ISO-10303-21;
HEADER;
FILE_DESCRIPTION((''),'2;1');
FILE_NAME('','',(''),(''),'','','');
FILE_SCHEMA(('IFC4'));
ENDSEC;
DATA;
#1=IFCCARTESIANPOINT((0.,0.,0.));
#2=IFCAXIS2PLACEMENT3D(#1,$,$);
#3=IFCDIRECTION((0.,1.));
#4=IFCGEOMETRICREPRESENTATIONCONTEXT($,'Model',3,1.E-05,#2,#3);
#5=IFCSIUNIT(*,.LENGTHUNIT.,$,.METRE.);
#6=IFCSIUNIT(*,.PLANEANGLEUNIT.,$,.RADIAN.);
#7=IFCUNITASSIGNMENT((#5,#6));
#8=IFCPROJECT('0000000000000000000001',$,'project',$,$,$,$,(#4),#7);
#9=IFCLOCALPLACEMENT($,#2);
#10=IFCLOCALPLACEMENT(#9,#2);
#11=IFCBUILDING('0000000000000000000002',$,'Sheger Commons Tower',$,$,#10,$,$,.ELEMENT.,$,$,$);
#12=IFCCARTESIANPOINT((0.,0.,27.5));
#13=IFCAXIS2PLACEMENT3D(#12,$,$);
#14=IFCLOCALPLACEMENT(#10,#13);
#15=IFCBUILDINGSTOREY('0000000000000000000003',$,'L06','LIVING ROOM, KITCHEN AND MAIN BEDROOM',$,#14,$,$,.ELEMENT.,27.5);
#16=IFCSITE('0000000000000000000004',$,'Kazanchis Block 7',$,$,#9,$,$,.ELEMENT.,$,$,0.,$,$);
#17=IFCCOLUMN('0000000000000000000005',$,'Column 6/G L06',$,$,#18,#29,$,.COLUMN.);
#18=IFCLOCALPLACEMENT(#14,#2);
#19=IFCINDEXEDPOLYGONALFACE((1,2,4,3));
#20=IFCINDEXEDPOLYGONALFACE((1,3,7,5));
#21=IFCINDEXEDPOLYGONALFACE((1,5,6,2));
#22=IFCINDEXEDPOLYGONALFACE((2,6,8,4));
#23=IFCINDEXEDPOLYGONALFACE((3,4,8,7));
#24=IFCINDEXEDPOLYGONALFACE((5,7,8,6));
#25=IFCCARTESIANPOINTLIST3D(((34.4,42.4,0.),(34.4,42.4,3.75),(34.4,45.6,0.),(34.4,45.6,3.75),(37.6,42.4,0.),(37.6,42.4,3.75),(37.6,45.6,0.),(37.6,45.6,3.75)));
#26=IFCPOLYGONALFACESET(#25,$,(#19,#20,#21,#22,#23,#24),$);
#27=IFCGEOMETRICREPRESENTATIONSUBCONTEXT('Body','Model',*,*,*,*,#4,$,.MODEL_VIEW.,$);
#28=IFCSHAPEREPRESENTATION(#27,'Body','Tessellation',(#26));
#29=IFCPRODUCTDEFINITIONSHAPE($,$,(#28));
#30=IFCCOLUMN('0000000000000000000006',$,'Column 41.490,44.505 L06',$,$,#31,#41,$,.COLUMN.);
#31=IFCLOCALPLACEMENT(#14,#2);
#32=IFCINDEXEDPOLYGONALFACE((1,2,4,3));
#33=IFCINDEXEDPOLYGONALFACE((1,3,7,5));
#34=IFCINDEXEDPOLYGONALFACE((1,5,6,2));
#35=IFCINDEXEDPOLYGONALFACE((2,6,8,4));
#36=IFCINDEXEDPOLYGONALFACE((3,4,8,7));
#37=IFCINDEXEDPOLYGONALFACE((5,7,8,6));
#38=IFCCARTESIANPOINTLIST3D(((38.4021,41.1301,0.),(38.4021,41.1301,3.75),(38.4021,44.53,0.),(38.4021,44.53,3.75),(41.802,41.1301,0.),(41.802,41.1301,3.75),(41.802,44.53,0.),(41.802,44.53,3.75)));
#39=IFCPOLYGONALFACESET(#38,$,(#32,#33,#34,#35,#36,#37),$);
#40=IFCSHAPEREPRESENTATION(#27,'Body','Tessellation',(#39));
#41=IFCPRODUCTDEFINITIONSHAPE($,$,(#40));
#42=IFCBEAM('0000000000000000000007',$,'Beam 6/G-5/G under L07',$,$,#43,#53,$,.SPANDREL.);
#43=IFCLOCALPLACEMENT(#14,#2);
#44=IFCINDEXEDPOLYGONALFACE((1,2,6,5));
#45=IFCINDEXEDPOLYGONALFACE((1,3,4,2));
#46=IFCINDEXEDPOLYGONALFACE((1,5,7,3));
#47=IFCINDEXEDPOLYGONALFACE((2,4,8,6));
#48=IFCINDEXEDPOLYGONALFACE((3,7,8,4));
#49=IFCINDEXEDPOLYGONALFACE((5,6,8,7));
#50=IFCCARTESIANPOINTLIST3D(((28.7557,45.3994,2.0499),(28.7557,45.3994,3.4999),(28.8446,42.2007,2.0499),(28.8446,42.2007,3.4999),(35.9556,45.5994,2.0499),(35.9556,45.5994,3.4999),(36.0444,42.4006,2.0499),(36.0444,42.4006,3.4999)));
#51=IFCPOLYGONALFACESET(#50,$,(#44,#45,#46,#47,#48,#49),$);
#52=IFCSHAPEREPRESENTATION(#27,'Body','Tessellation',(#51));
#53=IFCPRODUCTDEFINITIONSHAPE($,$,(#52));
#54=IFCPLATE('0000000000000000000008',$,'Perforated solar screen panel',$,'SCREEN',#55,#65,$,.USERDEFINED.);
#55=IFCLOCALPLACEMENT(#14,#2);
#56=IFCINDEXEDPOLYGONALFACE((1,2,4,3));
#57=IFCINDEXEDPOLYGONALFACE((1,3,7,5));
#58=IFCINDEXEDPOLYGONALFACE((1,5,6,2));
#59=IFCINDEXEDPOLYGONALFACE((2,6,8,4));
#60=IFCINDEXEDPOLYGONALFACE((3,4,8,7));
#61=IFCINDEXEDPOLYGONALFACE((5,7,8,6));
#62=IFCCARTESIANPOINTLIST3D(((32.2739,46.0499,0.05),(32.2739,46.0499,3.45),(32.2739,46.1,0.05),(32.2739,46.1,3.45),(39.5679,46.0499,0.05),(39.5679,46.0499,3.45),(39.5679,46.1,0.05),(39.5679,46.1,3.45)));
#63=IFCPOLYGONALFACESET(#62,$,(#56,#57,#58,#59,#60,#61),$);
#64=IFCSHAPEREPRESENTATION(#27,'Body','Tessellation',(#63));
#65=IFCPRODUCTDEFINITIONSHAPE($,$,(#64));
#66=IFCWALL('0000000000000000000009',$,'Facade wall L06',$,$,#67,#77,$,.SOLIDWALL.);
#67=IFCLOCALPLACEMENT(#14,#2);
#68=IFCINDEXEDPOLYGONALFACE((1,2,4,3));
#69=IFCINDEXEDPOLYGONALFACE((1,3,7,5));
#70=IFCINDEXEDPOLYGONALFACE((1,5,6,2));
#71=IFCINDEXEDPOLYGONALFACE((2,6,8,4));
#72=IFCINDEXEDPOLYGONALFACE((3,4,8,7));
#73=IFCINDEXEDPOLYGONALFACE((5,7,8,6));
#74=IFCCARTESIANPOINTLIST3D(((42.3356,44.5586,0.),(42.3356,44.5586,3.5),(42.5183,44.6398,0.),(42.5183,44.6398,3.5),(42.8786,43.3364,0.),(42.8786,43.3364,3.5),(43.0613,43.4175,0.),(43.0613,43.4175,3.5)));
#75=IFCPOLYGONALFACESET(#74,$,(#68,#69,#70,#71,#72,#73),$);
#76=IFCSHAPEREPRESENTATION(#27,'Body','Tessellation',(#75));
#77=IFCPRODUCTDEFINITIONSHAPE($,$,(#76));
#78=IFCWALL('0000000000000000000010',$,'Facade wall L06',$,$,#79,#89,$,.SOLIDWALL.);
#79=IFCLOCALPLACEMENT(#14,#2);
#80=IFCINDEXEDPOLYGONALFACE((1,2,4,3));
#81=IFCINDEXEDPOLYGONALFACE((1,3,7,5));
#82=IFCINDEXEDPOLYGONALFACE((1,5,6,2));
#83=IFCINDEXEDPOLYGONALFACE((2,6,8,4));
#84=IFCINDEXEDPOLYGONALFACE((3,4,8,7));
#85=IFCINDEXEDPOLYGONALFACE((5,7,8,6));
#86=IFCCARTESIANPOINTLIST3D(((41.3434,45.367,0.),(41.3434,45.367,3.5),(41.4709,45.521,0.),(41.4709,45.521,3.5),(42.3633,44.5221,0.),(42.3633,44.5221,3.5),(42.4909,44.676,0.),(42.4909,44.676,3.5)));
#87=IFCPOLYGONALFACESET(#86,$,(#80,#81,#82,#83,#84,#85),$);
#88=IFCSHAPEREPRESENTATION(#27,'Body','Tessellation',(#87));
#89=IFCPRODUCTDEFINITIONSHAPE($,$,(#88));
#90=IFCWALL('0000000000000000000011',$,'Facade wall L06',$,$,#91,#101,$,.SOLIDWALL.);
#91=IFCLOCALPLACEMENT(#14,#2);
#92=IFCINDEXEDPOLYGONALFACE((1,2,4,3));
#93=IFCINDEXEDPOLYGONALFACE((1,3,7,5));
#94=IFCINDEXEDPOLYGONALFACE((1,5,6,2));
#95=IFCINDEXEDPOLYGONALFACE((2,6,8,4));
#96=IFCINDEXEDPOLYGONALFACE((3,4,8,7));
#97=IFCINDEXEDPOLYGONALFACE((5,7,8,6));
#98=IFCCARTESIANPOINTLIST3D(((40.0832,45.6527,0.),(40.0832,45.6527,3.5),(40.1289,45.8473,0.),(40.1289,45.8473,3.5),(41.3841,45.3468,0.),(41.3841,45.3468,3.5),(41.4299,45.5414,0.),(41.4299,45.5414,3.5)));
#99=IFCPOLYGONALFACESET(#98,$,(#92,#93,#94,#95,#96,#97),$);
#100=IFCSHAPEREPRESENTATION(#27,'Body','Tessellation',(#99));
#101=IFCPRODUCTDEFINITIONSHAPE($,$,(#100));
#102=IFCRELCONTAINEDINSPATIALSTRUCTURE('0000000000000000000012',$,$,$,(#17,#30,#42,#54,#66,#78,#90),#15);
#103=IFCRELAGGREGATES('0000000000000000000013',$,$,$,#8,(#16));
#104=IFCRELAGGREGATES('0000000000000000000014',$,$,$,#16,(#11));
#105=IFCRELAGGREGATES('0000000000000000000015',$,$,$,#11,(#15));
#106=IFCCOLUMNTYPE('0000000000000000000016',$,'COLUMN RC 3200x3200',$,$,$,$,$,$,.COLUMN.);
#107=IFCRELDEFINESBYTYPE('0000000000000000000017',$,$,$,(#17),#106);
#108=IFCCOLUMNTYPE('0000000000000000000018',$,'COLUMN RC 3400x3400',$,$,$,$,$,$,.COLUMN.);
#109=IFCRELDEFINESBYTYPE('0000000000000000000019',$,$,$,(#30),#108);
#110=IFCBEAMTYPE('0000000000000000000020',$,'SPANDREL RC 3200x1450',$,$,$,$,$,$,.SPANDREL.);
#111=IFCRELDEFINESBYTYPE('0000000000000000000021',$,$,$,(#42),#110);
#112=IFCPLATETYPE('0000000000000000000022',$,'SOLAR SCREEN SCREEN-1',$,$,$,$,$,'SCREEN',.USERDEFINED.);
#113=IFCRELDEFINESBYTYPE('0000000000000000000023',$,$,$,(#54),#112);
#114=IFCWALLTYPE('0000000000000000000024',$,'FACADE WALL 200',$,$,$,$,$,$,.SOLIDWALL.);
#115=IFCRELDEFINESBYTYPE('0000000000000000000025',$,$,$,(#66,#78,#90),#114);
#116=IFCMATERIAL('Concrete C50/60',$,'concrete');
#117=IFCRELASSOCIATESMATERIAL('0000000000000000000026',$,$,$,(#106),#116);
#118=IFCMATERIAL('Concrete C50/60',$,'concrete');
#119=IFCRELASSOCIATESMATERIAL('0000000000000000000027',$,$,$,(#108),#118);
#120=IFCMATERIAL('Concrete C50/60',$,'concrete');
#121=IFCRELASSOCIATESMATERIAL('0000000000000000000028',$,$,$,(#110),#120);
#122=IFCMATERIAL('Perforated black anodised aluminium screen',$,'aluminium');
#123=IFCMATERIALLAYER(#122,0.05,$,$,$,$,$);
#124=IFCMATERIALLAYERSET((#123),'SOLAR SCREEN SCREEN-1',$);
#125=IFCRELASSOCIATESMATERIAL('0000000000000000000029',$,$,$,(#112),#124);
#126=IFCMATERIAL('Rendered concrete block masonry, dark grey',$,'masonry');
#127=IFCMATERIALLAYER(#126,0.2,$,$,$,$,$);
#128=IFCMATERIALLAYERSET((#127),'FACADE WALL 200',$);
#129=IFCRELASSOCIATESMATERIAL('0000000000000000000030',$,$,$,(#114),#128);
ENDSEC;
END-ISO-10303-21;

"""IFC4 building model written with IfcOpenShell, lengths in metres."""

from ifc_helpers import new_model, si_unit, direction, frame, frame_2d, origin, origin_2d, place, context, subcontext, project, spatial, rectangle, extrude, material, layer, layer_set, material_profile, profile_set, type_object, element, save


model = new_model("IFC4")

# Units and contexts
model_context = context("Model", 3, precision=1e-05, world=origin(), true_north=direction((0.0, 1.0)))
body_context = subcontext(model_context, "Body", "Model", "MODEL_VIEW")
ifc_project = project(units=[si_unit("LENGTHUNIT", "METRE"), si_unit("PLANEANGLEUNIT", "RADIAN")], contexts=[model_context])

# Site, building, storey
site_placement = place(None, origin())
site = spatial("IfcSite", under=ifc_project, at=site_placement, Name="Kazanchis Block 7", CompositionType="ELEMENT", RefElevation=0.0)
building_placement = place(site_placement, origin())
building = spatial("IfcBuilding", under=site, at=building_placement, Name="Sheger Commons Tower", CompositionType="ELEMENT")
storey_placement = place(building_placement, frame((0.0, 0.0, 27.5)))
storey = spatial("IfcBuildingStorey", under=building, at=storey_placement, Name="L06", Description="LIVING ROOM, KITCHEN AND MAIN BEDROOM", CompositionType="ELEMENT", Elevation=27.5)

# Columns
ifc_material_1 = material(Name="Concrete C50/60", Category="concrete")
ifc_material_profile_1 = material_profile(ifc_material_1, rectangle(XDim=3.2, YDim=3.2, at=origin_2d()), Name="RC 3200x3200")
ifc_profile_set_1 = profile_set([ifc_material_profile_1], Name="Concrete C50/60")
column_type_1 = type_object("IfcColumnType", Name="COLUMN RC 3200x3200", PredefinedType="COLUMN", material=ifc_profile_set_1)
column_1_placement = place(storey_placement, frame((36.0, 44.0, 0.0), z_axis=(0.0, 0.0, 1.0), x_axis=(1.0, 0.0, 0.0)))
element("IfcColumn", 1, at=column_1_placement, inside=storey, type_object=column_type_1, Name="Column 6/G L06", PredefinedType="COLUMN", context=body_context, shape_type="SweptSolid", body=[
    extrude(rectangle(XDim=3.2, YDim=3.2, at=origin_2d()), origin(), (0.0, 0.0, 1.0), 3.75),
])
ifc_material_2 = material(Name="Concrete C50/60", Category="concrete")
ifc_material_profile_2 = material_profile(ifc_material_2, rectangle(XDim=3.3999, YDim=3.3999, at=origin_2d()), Name="RC 3400x3400")
ifc_profile_set_2 = profile_set([ifc_material_profile_2], Name="Concrete C50/60")
column_type_2 = type_object("IfcColumnType", Name="COLUMN RC 3400x3400", PredefinedType="COLUMN", material=ifc_profile_set_2)
column_2_placement = place(storey_placement, frame((40.1021, 42.8301, 0.0), z_axis=(0.0, 0.0, 1.0), x_axis=(1.0, 0.0, 0.0)))
element("IfcColumn", 2, at=column_2_placement, inside=storey, type_object=column_type_2, Name="Column 41.490,44.505 L06", PredefinedType="COLUMN", context=body_context, shape_type="SweptSolid", body=[
    extrude(rectangle(XDim=3.3999, YDim=3.3999, at=origin_2d()), origin(), (0.0, 0.0, 1.0), 3.75),
])

# Beam
ifc_material_3 = material(Name="Concrete C50/60", Category="concrete")
ifc_material_profile_3 = material_profile(ifc_material_3, rectangle(XDim=3.2, YDim=1.45, at=origin_2d()), Name="RC 3200x1450")
ifc_profile_set_3 = profile_set([ifc_material_profile_3], Name="Concrete C50/60")
beam_type = type_object("IfcBeamType", Name="SPANDREL RC 3200x1450", PredefinedType="SPANDREL", material=ifc_profile_set_3)
beam_placement = place(storey_placement, frame((36.0, 44.0, 2.7749), z_axis=(-0.999615, -0.02776, 0.0), x_axis=(0.02776, -0.999615, 0.0)))
element("IfcBeam", 3, at=beam_placement, inside=storey, type_object=beam_type, Name="Beam 6/G-5/G under L07", PredefinedType="SPANDREL", context=body_context, shape_type="SweptSolid", body=[
    extrude(rectangle(XDim=3.2, YDim=1.45, at=origin_2d()), origin(), (0.0, 0.0, 1.0), 7.2026),
])

# Plate
ifc_material_4 = material(Name="Perforated black anodised aluminium screen", Category="aluminium")
ifc_layer_1 = layer(ifc_material_4, 0.05)
ifc_layer_set_1 = layer_set([ifc_layer_1], Name="SOLAR SCREEN SCREEN-1")
plate_type = type_object("IfcPlateType", Name="SOLAR SCREEN SCREEN-1", ElementType="SCREEN", PredefinedType="USERDEFINED", material=ifc_layer_set_1)
plate_placement = place(storey_placement, frame((35.9209, 46.075, 0.05), z_axis=(0.0, 0.0, 1.0), x_axis=(-1.0, 0.0, 0.0)))
element("IfcPlate", 4, at=plate_placement, inside=storey, type_object=plate_type, Name="Perforated solar screen panel", ObjectType="SCREEN", PredefinedType="USERDEFINED", context=body_context, shape_type="SweptSolid", body=[
    extrude(rectangle(XDim=7.2939, YDim=0.05, at=origin_2d()), origin(), (0.0, 0.0, 1.0), 3.3999),
])

# Walls
ifc_material_5 = material(Name="Rendered concrete block masonry, dark grey", Category="masonry")
ifc_layer_2 = layer(ifc_material_5, 0.2)
ifc_layer_set_2 = layer_set([ifc_layer_2], Name="FACADE WALL 200")
wall_type_1 = type_object("IfcWallType", Name="FACADE WALL 200", PredefinedType="SOLIDWALL", material=ifc_layer_set_2)
wall_1_placement = place(storey_placement, frame((42.97, 43.377, 0.0), z_axis=(0.0, 0.0, 1.0), x_axis=(-0.406003, 0.913872, 0.0)))
element("IfcWall", 5, at=wall_1_placement, inside=storey, type_object=wall_type_1, Name="Facade wall L06", PredefinedType="SOLIDWALL", context=body_context, shape_type="SweptSolid", body=[
    extrude(rectangle(XDim=1.3374, YDim=0.2, at=frame_2d((0.6687, 0.0))), origin(), (0.0, 0.0, 1.0), 3.5),
])
wall_2_placement = place(storey_placement, frame((42.427, 44.5991, 0.0), z_axis=(0.0, 0.0, 1.0), x_axis=(-0.770091, 0.637934, 0.0)))
element("IfcWall", 6, at=wall_2_placement, inside=storey, type_object=wall_type_1, Name="Facade wall L06", PredefinedType="SOLIDWALL", context=body_context, shape_type="SweptSolid", body=[
    extrude(rectangle(XDim=1.3245, YDim=0.2, at=frame_2d((0.6621, 0.0))), origin(), (0.0, 0.0, 1.0), 3.5),
])
wall_3_placement = place(storey_placement, frame((41.407, 45.4441, 0.0), z_axis=(0.0, 0.0, 1.0), x_axis=(-0.973453, 0.228887, 0.0)))
element("IfcWall", 7, at=wall_3_placement, inside=storey, type_object=wall_type_1, Name="Facade wall L06", PredefinedType="SOLIDWALL", context=body_context, shape_type="SweptSolid", body=[
    extrude(rectangle(XDim=1.3364, YDim=0.2, at=frame_2d((0.6682, 0.0))), origin(), (0.0, 0.0, 1.0), 3.5),
])

save(model, "model.ifc")
